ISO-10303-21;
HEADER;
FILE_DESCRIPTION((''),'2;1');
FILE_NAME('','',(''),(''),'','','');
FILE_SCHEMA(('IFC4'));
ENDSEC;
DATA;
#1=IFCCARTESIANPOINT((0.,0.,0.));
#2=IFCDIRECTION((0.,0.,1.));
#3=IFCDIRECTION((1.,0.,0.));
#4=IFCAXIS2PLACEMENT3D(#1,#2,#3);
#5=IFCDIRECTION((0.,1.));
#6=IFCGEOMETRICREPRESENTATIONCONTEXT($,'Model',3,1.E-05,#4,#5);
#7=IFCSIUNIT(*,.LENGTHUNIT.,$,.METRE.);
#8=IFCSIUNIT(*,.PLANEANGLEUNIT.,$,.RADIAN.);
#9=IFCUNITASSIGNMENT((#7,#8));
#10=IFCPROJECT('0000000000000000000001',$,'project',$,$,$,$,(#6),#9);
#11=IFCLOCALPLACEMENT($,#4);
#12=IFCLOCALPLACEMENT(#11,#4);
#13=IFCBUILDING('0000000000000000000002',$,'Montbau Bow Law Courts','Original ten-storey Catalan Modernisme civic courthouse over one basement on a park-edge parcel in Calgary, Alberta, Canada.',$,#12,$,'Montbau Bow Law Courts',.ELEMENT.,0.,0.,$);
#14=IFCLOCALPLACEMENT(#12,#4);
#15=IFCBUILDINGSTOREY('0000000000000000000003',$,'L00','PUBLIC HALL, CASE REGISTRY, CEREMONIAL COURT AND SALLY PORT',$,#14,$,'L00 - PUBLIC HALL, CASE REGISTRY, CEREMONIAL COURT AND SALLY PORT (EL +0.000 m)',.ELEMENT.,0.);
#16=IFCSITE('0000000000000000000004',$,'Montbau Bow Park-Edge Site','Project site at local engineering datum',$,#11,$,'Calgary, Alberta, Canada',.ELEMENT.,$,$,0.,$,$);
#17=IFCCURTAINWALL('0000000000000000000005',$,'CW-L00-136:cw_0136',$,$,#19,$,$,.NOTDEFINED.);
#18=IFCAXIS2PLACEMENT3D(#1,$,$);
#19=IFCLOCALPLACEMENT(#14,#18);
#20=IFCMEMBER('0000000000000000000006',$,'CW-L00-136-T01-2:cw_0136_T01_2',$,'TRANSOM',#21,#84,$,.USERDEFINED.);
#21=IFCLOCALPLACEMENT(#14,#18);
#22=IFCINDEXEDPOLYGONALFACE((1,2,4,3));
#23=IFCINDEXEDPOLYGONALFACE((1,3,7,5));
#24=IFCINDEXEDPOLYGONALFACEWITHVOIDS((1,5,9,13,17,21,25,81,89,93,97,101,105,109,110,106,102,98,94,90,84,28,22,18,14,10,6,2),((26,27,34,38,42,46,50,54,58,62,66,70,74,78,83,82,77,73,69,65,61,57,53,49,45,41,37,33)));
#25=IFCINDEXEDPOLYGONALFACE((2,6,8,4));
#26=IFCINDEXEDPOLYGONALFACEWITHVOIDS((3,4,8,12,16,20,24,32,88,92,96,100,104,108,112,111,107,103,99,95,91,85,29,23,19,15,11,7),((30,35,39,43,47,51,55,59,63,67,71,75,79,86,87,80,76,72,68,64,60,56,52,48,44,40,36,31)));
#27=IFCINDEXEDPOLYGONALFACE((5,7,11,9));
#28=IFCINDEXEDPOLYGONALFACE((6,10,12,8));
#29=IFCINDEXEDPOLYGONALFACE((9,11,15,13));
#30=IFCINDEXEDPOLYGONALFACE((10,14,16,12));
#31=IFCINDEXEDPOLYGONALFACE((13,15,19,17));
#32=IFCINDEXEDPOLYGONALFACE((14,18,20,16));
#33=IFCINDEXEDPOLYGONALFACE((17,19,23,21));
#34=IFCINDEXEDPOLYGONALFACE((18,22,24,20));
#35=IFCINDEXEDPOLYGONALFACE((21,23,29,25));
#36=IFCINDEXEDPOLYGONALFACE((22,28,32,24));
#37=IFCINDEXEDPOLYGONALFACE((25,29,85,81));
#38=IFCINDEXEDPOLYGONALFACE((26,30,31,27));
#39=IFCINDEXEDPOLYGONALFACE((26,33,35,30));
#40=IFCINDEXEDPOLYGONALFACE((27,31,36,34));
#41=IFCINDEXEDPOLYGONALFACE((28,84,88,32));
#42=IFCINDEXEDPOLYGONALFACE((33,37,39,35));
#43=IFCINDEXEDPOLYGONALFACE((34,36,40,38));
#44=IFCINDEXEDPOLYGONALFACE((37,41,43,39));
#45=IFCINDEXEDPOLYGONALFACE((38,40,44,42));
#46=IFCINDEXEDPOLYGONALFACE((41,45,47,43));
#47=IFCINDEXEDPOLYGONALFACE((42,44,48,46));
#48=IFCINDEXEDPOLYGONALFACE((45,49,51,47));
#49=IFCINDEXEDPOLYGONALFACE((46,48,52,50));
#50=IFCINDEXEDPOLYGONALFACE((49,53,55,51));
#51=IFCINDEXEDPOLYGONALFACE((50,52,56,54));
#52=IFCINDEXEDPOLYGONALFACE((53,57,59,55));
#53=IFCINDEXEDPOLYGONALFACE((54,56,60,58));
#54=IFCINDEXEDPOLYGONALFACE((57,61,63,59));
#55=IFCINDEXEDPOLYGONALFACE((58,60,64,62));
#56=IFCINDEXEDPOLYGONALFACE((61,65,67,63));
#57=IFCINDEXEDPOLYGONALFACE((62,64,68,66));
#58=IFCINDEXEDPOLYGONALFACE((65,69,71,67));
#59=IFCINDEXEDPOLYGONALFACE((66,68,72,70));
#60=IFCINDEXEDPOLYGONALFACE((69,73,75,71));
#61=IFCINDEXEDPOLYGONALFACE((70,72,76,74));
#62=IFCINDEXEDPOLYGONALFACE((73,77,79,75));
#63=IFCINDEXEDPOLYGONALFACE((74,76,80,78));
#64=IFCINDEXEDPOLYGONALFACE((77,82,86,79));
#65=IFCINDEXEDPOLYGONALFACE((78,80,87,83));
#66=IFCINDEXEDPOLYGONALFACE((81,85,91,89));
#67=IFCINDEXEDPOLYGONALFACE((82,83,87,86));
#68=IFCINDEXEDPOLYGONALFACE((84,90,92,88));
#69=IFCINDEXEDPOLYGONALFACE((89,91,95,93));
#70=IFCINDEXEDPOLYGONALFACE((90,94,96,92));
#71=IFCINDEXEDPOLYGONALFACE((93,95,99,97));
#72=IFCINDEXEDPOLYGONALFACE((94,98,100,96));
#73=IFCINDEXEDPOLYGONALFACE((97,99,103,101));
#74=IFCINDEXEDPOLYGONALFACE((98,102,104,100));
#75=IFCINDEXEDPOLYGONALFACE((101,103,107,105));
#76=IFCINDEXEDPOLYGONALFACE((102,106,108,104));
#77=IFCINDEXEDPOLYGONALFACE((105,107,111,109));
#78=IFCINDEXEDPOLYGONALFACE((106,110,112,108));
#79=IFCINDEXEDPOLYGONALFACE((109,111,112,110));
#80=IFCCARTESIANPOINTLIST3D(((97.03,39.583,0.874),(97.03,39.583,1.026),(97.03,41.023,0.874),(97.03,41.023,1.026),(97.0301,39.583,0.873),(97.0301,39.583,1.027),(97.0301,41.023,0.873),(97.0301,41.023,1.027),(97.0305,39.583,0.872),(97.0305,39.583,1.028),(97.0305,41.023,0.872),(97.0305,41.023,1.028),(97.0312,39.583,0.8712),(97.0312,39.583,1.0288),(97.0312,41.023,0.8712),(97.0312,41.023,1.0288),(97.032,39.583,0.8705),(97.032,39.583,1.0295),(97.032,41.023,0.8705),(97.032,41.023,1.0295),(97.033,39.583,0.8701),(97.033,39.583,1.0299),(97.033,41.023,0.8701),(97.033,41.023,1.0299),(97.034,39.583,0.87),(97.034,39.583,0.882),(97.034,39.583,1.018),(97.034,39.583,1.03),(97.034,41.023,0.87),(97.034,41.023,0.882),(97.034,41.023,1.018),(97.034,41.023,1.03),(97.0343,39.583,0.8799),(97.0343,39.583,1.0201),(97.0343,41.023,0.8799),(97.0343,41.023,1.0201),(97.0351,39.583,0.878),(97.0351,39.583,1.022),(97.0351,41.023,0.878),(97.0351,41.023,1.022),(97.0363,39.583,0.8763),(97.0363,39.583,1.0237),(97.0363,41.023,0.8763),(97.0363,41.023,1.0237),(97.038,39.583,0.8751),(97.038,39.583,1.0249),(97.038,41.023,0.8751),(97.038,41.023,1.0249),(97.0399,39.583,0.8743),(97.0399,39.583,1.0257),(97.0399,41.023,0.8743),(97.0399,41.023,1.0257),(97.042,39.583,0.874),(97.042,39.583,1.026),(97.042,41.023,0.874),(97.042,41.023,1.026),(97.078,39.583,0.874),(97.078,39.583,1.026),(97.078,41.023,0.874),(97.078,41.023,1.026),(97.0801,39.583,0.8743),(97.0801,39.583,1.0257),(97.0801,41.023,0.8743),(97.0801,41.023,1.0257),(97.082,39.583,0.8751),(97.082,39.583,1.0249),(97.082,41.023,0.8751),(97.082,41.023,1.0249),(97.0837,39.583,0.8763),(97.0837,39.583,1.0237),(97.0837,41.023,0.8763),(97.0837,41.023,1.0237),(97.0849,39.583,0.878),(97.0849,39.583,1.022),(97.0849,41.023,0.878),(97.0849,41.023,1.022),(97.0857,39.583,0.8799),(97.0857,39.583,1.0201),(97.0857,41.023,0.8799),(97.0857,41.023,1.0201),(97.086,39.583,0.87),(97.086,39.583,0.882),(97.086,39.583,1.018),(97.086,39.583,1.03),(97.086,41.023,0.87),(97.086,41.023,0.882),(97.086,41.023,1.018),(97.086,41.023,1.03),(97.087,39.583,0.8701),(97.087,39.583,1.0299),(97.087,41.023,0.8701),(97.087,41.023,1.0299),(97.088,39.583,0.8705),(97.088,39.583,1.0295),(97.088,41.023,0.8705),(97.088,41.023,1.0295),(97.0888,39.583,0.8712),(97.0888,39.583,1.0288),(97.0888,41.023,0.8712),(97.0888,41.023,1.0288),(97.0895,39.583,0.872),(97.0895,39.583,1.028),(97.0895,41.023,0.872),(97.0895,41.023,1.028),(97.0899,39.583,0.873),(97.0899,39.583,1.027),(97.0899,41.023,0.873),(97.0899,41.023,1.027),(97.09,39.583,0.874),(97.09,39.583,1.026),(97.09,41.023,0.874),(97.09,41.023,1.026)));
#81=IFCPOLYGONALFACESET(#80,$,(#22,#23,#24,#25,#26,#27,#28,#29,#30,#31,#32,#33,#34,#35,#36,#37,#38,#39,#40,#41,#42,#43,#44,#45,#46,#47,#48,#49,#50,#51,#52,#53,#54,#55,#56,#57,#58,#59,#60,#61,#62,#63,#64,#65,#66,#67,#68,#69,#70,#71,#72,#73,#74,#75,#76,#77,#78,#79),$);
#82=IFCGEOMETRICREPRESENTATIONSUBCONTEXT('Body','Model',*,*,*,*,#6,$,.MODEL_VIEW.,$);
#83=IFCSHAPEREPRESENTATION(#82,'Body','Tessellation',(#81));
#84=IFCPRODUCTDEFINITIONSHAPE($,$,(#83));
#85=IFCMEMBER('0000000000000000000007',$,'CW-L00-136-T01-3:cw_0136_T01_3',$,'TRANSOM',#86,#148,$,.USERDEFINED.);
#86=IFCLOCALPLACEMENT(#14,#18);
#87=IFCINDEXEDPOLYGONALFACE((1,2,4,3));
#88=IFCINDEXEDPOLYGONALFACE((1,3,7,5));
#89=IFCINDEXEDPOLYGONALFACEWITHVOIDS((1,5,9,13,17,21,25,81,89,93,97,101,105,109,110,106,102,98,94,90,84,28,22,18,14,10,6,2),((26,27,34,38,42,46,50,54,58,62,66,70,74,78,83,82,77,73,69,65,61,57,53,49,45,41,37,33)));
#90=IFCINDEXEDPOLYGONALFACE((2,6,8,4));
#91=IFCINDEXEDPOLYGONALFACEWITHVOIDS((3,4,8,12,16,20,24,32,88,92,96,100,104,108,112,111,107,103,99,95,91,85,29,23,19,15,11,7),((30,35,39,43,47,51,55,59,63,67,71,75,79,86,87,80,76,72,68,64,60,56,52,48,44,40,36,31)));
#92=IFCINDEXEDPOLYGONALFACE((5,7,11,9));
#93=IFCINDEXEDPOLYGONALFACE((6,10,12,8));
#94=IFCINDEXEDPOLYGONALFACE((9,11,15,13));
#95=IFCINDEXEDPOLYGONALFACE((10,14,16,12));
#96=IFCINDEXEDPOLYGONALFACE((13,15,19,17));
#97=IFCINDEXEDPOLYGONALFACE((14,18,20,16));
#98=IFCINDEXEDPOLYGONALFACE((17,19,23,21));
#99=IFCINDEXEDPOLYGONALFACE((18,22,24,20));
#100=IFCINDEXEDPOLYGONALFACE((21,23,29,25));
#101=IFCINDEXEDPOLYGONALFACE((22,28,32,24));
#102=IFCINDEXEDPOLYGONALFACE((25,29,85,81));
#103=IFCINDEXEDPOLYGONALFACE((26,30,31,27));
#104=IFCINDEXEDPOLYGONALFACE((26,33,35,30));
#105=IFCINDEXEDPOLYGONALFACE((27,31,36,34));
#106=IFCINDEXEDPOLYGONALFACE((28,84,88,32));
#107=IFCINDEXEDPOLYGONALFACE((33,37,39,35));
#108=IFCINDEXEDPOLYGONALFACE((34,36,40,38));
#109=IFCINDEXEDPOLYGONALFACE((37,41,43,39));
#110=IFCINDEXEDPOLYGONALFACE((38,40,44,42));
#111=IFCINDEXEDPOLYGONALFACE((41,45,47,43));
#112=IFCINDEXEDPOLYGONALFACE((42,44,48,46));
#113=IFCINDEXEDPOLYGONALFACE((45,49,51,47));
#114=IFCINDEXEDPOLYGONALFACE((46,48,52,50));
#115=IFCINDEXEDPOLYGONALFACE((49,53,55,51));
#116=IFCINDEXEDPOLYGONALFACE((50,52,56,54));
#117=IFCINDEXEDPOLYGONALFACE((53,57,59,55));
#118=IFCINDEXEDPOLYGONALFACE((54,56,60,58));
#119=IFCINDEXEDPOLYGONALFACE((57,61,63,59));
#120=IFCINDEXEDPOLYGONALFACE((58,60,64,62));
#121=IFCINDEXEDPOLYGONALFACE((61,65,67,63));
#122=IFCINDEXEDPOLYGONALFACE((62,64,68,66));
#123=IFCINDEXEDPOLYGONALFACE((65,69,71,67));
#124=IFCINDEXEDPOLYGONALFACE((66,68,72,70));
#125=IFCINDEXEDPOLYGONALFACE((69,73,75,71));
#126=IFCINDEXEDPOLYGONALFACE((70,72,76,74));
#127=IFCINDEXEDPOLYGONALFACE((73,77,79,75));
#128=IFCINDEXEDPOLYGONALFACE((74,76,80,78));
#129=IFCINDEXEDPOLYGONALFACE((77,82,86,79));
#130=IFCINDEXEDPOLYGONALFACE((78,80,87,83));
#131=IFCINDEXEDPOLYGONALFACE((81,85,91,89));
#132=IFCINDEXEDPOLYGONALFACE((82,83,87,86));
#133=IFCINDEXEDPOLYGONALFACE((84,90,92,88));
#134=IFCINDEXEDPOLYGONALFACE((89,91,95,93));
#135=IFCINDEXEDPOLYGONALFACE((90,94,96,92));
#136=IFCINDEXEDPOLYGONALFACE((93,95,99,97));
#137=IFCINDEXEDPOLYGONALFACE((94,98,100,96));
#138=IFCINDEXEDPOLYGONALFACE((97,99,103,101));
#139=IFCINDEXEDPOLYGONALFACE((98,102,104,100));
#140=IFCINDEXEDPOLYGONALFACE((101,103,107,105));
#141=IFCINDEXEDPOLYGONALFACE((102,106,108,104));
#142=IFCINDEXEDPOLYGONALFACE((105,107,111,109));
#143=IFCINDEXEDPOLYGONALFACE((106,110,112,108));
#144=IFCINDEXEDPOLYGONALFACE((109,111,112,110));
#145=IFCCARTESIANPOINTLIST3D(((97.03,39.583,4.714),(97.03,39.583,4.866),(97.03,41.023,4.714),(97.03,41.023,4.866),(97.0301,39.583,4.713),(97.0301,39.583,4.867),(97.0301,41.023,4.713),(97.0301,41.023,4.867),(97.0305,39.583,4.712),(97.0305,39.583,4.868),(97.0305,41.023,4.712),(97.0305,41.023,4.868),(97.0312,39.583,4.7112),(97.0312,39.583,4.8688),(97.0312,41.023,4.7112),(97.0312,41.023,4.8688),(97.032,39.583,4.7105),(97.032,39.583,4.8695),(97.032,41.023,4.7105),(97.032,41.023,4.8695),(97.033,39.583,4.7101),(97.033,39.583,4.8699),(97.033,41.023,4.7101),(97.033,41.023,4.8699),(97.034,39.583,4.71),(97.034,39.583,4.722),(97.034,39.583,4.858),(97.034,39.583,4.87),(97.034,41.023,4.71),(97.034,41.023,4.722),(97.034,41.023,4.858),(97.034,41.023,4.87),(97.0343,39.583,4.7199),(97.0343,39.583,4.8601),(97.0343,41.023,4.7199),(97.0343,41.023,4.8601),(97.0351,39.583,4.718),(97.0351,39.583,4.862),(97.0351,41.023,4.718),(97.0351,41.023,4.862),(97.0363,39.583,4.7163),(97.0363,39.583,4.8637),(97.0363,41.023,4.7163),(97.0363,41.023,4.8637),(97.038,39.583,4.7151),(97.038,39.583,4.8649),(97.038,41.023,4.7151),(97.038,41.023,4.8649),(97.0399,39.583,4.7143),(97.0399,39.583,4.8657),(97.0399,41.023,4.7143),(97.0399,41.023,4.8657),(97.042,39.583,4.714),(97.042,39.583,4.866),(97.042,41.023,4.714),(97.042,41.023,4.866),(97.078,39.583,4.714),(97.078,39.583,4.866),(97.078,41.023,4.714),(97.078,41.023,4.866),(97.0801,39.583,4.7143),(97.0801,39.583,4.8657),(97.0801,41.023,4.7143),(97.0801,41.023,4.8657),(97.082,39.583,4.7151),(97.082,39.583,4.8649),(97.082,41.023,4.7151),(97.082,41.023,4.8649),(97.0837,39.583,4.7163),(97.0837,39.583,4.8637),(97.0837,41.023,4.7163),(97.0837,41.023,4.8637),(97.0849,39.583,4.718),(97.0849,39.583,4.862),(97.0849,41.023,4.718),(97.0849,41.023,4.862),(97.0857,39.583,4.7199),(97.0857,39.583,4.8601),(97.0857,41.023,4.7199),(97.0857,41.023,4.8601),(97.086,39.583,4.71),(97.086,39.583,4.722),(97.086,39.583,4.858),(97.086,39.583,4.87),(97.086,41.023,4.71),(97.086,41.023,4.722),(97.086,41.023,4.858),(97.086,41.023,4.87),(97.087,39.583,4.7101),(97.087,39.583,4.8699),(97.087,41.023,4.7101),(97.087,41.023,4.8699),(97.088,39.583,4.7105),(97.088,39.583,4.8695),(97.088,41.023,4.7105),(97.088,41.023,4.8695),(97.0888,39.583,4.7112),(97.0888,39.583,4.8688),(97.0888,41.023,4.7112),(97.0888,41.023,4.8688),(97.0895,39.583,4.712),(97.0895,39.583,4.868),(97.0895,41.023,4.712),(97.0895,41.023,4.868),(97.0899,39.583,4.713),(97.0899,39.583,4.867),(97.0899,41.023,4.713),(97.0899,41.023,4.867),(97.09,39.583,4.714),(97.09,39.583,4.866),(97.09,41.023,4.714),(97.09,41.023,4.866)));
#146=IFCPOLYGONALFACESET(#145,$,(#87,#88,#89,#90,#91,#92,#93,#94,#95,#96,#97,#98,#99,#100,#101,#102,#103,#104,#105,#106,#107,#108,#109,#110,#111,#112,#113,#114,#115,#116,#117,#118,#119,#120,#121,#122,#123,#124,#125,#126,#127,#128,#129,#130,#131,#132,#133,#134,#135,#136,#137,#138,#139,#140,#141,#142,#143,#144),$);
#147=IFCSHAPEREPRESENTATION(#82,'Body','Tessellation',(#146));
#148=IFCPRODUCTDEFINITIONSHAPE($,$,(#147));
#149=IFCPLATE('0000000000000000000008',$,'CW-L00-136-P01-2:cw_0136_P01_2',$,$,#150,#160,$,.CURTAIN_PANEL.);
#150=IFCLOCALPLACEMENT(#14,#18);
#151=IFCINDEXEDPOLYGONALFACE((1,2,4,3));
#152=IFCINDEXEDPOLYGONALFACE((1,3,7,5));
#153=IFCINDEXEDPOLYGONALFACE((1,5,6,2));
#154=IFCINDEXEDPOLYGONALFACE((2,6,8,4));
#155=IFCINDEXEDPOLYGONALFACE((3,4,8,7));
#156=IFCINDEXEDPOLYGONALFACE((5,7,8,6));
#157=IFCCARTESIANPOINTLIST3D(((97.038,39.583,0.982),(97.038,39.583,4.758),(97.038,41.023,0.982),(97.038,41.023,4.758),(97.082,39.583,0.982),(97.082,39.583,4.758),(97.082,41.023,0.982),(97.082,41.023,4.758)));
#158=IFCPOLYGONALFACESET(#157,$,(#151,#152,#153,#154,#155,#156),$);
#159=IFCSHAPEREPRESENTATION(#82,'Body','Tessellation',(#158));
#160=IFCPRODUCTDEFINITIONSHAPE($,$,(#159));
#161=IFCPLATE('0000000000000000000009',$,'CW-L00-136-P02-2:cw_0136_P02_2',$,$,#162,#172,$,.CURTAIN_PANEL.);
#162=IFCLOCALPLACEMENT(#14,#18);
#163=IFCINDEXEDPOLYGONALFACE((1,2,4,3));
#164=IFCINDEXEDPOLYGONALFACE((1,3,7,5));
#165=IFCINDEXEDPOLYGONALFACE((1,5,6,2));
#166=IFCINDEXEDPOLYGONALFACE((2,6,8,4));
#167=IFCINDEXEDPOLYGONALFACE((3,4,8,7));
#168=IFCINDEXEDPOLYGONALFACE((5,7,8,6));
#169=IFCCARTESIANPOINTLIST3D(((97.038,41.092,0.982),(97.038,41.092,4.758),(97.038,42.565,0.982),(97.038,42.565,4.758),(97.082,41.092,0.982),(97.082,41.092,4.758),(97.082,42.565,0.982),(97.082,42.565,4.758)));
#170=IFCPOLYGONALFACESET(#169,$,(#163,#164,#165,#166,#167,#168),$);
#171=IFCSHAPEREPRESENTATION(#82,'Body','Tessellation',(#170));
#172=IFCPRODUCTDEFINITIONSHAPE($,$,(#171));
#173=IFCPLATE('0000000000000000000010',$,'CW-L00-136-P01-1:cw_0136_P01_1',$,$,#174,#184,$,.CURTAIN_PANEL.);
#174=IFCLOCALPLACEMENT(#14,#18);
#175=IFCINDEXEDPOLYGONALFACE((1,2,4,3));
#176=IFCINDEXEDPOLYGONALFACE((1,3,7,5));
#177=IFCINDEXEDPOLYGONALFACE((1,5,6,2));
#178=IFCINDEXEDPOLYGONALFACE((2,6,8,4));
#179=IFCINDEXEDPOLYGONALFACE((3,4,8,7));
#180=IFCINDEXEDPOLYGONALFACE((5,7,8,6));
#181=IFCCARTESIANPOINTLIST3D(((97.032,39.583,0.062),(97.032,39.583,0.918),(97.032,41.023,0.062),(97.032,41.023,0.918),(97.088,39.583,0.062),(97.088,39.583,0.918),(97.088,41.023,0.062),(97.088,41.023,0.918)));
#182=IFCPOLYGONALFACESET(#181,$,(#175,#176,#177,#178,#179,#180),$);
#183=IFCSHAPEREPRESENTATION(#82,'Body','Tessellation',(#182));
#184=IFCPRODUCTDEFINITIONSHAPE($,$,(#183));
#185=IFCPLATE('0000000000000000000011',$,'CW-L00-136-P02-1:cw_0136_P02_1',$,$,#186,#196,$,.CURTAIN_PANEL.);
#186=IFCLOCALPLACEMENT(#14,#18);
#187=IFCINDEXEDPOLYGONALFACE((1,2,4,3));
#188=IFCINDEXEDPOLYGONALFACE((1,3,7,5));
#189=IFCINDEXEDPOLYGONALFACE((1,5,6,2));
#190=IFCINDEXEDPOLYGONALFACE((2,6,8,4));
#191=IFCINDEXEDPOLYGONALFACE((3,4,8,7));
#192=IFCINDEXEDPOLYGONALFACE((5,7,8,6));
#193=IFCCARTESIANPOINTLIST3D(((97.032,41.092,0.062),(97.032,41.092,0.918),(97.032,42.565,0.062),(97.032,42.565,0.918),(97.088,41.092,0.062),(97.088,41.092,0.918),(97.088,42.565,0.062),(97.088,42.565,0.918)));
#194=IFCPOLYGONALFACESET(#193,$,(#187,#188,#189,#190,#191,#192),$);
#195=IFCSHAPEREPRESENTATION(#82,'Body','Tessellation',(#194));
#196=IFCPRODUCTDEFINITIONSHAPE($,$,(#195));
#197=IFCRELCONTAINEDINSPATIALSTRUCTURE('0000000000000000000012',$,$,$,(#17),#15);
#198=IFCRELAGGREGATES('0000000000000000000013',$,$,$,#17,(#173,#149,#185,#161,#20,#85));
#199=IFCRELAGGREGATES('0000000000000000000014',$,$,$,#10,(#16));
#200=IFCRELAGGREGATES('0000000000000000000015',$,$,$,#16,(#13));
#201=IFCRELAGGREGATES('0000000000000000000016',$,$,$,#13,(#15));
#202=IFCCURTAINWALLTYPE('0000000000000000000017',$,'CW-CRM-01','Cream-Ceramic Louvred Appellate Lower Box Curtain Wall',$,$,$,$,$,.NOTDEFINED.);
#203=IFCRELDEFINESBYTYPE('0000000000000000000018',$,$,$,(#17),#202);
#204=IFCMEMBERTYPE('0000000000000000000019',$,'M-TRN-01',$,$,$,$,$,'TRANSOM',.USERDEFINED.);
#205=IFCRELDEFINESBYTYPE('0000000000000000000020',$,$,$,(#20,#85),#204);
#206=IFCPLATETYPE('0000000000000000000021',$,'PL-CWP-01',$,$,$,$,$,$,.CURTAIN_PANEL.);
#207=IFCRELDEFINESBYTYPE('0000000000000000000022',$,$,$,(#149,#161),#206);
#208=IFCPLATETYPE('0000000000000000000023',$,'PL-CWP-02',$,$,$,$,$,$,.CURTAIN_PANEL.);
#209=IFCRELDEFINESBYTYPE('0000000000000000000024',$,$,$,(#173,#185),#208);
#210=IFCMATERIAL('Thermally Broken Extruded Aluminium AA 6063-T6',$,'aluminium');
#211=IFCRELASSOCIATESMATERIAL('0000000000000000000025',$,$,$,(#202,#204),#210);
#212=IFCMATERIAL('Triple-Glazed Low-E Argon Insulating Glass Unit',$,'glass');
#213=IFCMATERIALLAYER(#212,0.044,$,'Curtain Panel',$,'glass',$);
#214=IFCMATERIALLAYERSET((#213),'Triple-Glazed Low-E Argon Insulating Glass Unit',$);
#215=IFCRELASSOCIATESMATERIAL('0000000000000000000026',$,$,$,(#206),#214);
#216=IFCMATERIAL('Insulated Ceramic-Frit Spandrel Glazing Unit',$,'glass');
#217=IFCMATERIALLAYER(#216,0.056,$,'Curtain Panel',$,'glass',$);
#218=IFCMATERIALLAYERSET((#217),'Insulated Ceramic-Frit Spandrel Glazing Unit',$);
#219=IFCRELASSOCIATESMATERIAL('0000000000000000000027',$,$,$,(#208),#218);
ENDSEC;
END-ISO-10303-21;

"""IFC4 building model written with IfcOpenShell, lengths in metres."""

from ifc_helpers import new_model, si_unit, direction, frame, frame_2d, origin_with_axes, origin_2d_with_axis, place, context, subcontext, project, spatial, rectangle, hollow_rectangle, extrude, material, layer, layer_set, material_profile, profile_set, type_object, element, aggregate, save


model = new_model("IFC4")

# Units and contexts
model_context = context("Model", 3, precision=1e-05, world=origin_with_axes(), true_north=direction((0.0, 1.0)))
body_context = subcontext(model_context, "Body", "Model", "MODEL_VIEW")
ifc_project = project(units=[si_unit("LENGTHUNIT", "METRE"), si_unit("PLANEANGLEUNIT", "RADIAN")], contexts=[model_context])

# Site, building, storey
site_placement = place(None, origin_with_axes())
site = spatial("IfcSite", under=ifc_project, at=site_placement, Name="Montbau Bow Park-Edge Site", Description="Project site at local engineering datum", LongName="Calgary, Alberta, Canada", CompositionType="ELEMENT", RefElevation=0.0)
building_placement = place(site_placement, origin_with_axes())
building = spatial("IfcBuilding", under=site, at=building_placement, Name="Montbau Bow Law Courts", Description="Original ten-storey Catalan Modernisme civic courthouse over one basement on a park-edge parcel in Calgary, Alberta, Canada.", LongName="Montbau Bow Law Courts", CompositionType="ELEMENT", ElevationOfRefHeight=0.0, ElevationOfTerrain=0.0)
storey_placement = place(building_placement, origin_with_axes())
storey = spatial("IfcBuildingStorey", under=building, at=storey_placement, Name="L00", Description="PUBLIC HALL, CASE REGISTRY, CEREMONIAL COURT AND SALLY PORT", LongName="L00 - PUBLIC HALL, CASE REGISTRY, CEREMONIAL COURT AND SALLY PORT (EL +0.000 m)", CompositionType="ELEMENT", Elevation=0.0)

# Curtain wall, members, plates
ifc_material_1 = material(Name="Thermally Broken Extruded Aluminium AA 6063-T6", Category="aluminium")
curtain_wall_type = type_object("IfcCurtainWallType", Name="CW-CRM-01", Description="Cream-Ceramic Louvred Appellate Lower Box Curtain Wall", PredefinedType="NOTDEFINED", material=ifc_material_1)
curtain_wall_placement = place(None, frame((97.06, 39.515, 0.0), z_axis=(0.0, 0.0, 1.0), x_axis=(1.0, 0.0, 0.0)))
curtain_wall = element("IfcCurtainWall", 1, at=curtain_wall_placement, inside=storey, type_object=curtain_wall_type, Name="CW-L00-136:cw_0136", PredefinedType="NOTDEFINED")
ifc_material_profile_1 = material_profile(ifc_material_1, hollow_rectangle(XDim=0.06, YDim=0.16, WallThickness=0.004, InnerFilletRadius=0.008, OuterFilletRadius=0.004, at=origin_2d_with_axis()), Name="CWT-160X60", Category="Main", Priority=0)
ifc_profile_set_1 = profile_set([ifc_material_profile_1], Name="Thermally Broken Extruded Aluminium AA 6063-T6")
member_type_1 = type_object("IfcMemberType", Name="M-TRN-01", ElementType="TRANSOM", PredefinedType="USERDEFINED", material=ifc_profile_set_1)
member_1_placement = place(None, frame((97.06, 39.583, 0.95), z_axis=(0.0, 1.0, 0.0), x_axis=(-1.0, 0.0, 0.0)))
member_1 = element("IfcMember", 2, at=member_1_placement, type_object=member_type_1, Name="CW-L00-136-T01-2:cw_0136_T01_2", ObjectType="TRANSOM", PredefinedType="USERDEFINED", context=body_context, shape_type="SweptSolid", body=[
    extrude(hollow_rectangle(XDim=0.06, YDim=0.16, WallThickness=0.004, InnerFilletRadius=0.008, OuterFilletRadius=0.004, at=origin_2d_with_axis()), origin_with_axes(), (0.0, 0.0, 1.0), 1.44),
])
member_2_placement = place(None, frame((97.06, 39.583, 4.79), z_axis=(0.0, 1.0, 0.0), x_axis=(-1.0, 0.0, 0.0)))
member_2 = element("IfcMember", 3, at=member_2_placement, type_object=member_type_1, Name="CW-L00-136-T01-3:cw_0136_T01_3", ObjectType="TRANSOM", PredefinedType="USERDEFINED", context=body_context, shape_type="SweptSolid", body=[
    extrude(hollow_rectangle(XDim=0.06, YDim=0.16, WallThickness=0.004, InnerFilletRadius=0.008, OuterFilletRadius=0.004, at=origin_2d_with_axis()), origin_with_axes(), (0.0, 0.0, 1.0), 1.44),
])
ifc_material_2 = material(Name="Triple-Glazed Low-E Argon Insulating Glass Unit", Category="glass")
ifc_layer_1 = layer(ifc_material_2, 0.044, Name="Curtain Panel", Category="glass")
ifc_layer_set_1 = layer_set([ifc_layer_1], Name="Triple-Glazed Low-E Argon Insulating Glass Unit")
plate_type_1 = type_object("IfcPlateType", Name="PL-CWP-01", PredefinedType="CURTAIN_PANEL", material=ifc_layer_set_1)
plate_1_placement = place(None, frame((97.06, 39.583, 0.982), z_axis=(1.0, 0.0, 0.0), x_axis=(0.0, 1.0, 0.0)))
plate_1 = element("IfcPlate", 4, at=plate_1_placement, type_object=plate_type_1, Name="CW-L00-136-P01-2:cw_0136_P01_2", PredefinedType="CURTAIN_PANEL", context=body_context, shape_type="SweptSolid", body=[
    extrude(rectangle(XDim=1.44, YDim=3.776, at=frame_2d((0.72, 1.888), x_axis=(1.0, 0.0))), frame((0.0, 0.0, -0.022), z_axis=(0.0, 0.0, 1.0), x_axis=(1.0, 0.0, 0.0)), (0.0, 0.0, 1.0), 0.044),
])
plate_2_placement = place(None, frame((97.06, 41.092, 0.982), z_axis=(1.0, 0.0, 0.0), x_axis=(0.0, 1.0, 0.0)))
plate_2 = element("IfcPlate", 5, at=plate_2_placement, type_object=plate_type_1, Name="CW-L00-136-P02-2:cw_0136_P02_2", PredefinedType="CURTAIN_PANEL", context=body_context, shape_type="SweptSolid", body=[
    extrude(rectangle(XDim=1.473, YDim=3.776, at=frame_2d((0.7365, 1.888), x_axis=(1.0, 0.0))), frame((0.0, 0.0, -0.022), z_axis=(0.0, 0.0, 1.0), x_axis=(1.0, 0.0, 0.0)), (0.0, 0.0, 1.0), 0.044),
])
ifc_material_3 = material(Name="Insulated Ceramic-Frit Spandrel Glazing Unit", Category="glass")
ifc_layer_2 = layer(ifc_material_3, 0.056, Name="Curtain Panel", Category="glass")
ifc_layer_set_2 = layer_set([ifc_layer_2], Name="Insulated Ceramic-Frit Spandrel Glazing Unit")
plate_type_2 = type_object("IfcPlateType", Name="PL-CWP-02", PredefinedType="CURTAIN_PANEL", material=ifc_layer_set_2)
plate_3_placement = place(None, frame((97.06, 39.583, 0.062), z_axis=(1.0, 0.0, 0.0), x_axis=(0.0, 1.0, 0.0)))
plate_3 = element("IfcPlate", 6, at=plate_3_placement, type_object=plate_type_2, Name="CW-L00-136-P01-1:cw_0136_P01_1", PredefinedType="CURTAIN_PANEL", context=body_context, shape_type="SweptSolid", body=[
    extrude(rectangle(XDim=1.44, YDim=0.856, at=frame_2d((0.72, 0.428), x_axis=(1.0, 0.0))), frame((0.0, 0.0, -0.028), z_axis=(0.0, 0.0, 1.0), x_axis=(1.0, 0.0, 0.0)), (0.0, 0.0, 1.0), 0.056),
])
plate_4_placement = place(None, frame((97.06, 41.092, 0.062), z_axis=(1.0, 0.0, 0.0), x_axis=(0.0, 1.0, 0.0)))
plate_4 = element("IfcPlate", 7, at=plate_4_placement, type_object=plate_type_2, Name="CW-L00-136-P02-1:cw_0136_P02_1", PredefinedType="CURTAIN_PANEL", context=body_context, shape_type="SweptSolid", body=[
    extrude(rectangle(XDim=1.473, YDim=0.856, at=frame_2d((0.7365, 0.428), x_axis=(1.0, 0.0))), frame((0.0, 0.0, -0.028), z_axis=(0.0, 0.0, 1.0), x_axis=(1.0, 0.0, 0.0)), (0.0, 0.0, 1.0), 0.056),
])
aggregate(curtain_wall, [plate_3, plate_1, plate_4, plate_2, member_1, member_2])

save(model, "model.ifc")
